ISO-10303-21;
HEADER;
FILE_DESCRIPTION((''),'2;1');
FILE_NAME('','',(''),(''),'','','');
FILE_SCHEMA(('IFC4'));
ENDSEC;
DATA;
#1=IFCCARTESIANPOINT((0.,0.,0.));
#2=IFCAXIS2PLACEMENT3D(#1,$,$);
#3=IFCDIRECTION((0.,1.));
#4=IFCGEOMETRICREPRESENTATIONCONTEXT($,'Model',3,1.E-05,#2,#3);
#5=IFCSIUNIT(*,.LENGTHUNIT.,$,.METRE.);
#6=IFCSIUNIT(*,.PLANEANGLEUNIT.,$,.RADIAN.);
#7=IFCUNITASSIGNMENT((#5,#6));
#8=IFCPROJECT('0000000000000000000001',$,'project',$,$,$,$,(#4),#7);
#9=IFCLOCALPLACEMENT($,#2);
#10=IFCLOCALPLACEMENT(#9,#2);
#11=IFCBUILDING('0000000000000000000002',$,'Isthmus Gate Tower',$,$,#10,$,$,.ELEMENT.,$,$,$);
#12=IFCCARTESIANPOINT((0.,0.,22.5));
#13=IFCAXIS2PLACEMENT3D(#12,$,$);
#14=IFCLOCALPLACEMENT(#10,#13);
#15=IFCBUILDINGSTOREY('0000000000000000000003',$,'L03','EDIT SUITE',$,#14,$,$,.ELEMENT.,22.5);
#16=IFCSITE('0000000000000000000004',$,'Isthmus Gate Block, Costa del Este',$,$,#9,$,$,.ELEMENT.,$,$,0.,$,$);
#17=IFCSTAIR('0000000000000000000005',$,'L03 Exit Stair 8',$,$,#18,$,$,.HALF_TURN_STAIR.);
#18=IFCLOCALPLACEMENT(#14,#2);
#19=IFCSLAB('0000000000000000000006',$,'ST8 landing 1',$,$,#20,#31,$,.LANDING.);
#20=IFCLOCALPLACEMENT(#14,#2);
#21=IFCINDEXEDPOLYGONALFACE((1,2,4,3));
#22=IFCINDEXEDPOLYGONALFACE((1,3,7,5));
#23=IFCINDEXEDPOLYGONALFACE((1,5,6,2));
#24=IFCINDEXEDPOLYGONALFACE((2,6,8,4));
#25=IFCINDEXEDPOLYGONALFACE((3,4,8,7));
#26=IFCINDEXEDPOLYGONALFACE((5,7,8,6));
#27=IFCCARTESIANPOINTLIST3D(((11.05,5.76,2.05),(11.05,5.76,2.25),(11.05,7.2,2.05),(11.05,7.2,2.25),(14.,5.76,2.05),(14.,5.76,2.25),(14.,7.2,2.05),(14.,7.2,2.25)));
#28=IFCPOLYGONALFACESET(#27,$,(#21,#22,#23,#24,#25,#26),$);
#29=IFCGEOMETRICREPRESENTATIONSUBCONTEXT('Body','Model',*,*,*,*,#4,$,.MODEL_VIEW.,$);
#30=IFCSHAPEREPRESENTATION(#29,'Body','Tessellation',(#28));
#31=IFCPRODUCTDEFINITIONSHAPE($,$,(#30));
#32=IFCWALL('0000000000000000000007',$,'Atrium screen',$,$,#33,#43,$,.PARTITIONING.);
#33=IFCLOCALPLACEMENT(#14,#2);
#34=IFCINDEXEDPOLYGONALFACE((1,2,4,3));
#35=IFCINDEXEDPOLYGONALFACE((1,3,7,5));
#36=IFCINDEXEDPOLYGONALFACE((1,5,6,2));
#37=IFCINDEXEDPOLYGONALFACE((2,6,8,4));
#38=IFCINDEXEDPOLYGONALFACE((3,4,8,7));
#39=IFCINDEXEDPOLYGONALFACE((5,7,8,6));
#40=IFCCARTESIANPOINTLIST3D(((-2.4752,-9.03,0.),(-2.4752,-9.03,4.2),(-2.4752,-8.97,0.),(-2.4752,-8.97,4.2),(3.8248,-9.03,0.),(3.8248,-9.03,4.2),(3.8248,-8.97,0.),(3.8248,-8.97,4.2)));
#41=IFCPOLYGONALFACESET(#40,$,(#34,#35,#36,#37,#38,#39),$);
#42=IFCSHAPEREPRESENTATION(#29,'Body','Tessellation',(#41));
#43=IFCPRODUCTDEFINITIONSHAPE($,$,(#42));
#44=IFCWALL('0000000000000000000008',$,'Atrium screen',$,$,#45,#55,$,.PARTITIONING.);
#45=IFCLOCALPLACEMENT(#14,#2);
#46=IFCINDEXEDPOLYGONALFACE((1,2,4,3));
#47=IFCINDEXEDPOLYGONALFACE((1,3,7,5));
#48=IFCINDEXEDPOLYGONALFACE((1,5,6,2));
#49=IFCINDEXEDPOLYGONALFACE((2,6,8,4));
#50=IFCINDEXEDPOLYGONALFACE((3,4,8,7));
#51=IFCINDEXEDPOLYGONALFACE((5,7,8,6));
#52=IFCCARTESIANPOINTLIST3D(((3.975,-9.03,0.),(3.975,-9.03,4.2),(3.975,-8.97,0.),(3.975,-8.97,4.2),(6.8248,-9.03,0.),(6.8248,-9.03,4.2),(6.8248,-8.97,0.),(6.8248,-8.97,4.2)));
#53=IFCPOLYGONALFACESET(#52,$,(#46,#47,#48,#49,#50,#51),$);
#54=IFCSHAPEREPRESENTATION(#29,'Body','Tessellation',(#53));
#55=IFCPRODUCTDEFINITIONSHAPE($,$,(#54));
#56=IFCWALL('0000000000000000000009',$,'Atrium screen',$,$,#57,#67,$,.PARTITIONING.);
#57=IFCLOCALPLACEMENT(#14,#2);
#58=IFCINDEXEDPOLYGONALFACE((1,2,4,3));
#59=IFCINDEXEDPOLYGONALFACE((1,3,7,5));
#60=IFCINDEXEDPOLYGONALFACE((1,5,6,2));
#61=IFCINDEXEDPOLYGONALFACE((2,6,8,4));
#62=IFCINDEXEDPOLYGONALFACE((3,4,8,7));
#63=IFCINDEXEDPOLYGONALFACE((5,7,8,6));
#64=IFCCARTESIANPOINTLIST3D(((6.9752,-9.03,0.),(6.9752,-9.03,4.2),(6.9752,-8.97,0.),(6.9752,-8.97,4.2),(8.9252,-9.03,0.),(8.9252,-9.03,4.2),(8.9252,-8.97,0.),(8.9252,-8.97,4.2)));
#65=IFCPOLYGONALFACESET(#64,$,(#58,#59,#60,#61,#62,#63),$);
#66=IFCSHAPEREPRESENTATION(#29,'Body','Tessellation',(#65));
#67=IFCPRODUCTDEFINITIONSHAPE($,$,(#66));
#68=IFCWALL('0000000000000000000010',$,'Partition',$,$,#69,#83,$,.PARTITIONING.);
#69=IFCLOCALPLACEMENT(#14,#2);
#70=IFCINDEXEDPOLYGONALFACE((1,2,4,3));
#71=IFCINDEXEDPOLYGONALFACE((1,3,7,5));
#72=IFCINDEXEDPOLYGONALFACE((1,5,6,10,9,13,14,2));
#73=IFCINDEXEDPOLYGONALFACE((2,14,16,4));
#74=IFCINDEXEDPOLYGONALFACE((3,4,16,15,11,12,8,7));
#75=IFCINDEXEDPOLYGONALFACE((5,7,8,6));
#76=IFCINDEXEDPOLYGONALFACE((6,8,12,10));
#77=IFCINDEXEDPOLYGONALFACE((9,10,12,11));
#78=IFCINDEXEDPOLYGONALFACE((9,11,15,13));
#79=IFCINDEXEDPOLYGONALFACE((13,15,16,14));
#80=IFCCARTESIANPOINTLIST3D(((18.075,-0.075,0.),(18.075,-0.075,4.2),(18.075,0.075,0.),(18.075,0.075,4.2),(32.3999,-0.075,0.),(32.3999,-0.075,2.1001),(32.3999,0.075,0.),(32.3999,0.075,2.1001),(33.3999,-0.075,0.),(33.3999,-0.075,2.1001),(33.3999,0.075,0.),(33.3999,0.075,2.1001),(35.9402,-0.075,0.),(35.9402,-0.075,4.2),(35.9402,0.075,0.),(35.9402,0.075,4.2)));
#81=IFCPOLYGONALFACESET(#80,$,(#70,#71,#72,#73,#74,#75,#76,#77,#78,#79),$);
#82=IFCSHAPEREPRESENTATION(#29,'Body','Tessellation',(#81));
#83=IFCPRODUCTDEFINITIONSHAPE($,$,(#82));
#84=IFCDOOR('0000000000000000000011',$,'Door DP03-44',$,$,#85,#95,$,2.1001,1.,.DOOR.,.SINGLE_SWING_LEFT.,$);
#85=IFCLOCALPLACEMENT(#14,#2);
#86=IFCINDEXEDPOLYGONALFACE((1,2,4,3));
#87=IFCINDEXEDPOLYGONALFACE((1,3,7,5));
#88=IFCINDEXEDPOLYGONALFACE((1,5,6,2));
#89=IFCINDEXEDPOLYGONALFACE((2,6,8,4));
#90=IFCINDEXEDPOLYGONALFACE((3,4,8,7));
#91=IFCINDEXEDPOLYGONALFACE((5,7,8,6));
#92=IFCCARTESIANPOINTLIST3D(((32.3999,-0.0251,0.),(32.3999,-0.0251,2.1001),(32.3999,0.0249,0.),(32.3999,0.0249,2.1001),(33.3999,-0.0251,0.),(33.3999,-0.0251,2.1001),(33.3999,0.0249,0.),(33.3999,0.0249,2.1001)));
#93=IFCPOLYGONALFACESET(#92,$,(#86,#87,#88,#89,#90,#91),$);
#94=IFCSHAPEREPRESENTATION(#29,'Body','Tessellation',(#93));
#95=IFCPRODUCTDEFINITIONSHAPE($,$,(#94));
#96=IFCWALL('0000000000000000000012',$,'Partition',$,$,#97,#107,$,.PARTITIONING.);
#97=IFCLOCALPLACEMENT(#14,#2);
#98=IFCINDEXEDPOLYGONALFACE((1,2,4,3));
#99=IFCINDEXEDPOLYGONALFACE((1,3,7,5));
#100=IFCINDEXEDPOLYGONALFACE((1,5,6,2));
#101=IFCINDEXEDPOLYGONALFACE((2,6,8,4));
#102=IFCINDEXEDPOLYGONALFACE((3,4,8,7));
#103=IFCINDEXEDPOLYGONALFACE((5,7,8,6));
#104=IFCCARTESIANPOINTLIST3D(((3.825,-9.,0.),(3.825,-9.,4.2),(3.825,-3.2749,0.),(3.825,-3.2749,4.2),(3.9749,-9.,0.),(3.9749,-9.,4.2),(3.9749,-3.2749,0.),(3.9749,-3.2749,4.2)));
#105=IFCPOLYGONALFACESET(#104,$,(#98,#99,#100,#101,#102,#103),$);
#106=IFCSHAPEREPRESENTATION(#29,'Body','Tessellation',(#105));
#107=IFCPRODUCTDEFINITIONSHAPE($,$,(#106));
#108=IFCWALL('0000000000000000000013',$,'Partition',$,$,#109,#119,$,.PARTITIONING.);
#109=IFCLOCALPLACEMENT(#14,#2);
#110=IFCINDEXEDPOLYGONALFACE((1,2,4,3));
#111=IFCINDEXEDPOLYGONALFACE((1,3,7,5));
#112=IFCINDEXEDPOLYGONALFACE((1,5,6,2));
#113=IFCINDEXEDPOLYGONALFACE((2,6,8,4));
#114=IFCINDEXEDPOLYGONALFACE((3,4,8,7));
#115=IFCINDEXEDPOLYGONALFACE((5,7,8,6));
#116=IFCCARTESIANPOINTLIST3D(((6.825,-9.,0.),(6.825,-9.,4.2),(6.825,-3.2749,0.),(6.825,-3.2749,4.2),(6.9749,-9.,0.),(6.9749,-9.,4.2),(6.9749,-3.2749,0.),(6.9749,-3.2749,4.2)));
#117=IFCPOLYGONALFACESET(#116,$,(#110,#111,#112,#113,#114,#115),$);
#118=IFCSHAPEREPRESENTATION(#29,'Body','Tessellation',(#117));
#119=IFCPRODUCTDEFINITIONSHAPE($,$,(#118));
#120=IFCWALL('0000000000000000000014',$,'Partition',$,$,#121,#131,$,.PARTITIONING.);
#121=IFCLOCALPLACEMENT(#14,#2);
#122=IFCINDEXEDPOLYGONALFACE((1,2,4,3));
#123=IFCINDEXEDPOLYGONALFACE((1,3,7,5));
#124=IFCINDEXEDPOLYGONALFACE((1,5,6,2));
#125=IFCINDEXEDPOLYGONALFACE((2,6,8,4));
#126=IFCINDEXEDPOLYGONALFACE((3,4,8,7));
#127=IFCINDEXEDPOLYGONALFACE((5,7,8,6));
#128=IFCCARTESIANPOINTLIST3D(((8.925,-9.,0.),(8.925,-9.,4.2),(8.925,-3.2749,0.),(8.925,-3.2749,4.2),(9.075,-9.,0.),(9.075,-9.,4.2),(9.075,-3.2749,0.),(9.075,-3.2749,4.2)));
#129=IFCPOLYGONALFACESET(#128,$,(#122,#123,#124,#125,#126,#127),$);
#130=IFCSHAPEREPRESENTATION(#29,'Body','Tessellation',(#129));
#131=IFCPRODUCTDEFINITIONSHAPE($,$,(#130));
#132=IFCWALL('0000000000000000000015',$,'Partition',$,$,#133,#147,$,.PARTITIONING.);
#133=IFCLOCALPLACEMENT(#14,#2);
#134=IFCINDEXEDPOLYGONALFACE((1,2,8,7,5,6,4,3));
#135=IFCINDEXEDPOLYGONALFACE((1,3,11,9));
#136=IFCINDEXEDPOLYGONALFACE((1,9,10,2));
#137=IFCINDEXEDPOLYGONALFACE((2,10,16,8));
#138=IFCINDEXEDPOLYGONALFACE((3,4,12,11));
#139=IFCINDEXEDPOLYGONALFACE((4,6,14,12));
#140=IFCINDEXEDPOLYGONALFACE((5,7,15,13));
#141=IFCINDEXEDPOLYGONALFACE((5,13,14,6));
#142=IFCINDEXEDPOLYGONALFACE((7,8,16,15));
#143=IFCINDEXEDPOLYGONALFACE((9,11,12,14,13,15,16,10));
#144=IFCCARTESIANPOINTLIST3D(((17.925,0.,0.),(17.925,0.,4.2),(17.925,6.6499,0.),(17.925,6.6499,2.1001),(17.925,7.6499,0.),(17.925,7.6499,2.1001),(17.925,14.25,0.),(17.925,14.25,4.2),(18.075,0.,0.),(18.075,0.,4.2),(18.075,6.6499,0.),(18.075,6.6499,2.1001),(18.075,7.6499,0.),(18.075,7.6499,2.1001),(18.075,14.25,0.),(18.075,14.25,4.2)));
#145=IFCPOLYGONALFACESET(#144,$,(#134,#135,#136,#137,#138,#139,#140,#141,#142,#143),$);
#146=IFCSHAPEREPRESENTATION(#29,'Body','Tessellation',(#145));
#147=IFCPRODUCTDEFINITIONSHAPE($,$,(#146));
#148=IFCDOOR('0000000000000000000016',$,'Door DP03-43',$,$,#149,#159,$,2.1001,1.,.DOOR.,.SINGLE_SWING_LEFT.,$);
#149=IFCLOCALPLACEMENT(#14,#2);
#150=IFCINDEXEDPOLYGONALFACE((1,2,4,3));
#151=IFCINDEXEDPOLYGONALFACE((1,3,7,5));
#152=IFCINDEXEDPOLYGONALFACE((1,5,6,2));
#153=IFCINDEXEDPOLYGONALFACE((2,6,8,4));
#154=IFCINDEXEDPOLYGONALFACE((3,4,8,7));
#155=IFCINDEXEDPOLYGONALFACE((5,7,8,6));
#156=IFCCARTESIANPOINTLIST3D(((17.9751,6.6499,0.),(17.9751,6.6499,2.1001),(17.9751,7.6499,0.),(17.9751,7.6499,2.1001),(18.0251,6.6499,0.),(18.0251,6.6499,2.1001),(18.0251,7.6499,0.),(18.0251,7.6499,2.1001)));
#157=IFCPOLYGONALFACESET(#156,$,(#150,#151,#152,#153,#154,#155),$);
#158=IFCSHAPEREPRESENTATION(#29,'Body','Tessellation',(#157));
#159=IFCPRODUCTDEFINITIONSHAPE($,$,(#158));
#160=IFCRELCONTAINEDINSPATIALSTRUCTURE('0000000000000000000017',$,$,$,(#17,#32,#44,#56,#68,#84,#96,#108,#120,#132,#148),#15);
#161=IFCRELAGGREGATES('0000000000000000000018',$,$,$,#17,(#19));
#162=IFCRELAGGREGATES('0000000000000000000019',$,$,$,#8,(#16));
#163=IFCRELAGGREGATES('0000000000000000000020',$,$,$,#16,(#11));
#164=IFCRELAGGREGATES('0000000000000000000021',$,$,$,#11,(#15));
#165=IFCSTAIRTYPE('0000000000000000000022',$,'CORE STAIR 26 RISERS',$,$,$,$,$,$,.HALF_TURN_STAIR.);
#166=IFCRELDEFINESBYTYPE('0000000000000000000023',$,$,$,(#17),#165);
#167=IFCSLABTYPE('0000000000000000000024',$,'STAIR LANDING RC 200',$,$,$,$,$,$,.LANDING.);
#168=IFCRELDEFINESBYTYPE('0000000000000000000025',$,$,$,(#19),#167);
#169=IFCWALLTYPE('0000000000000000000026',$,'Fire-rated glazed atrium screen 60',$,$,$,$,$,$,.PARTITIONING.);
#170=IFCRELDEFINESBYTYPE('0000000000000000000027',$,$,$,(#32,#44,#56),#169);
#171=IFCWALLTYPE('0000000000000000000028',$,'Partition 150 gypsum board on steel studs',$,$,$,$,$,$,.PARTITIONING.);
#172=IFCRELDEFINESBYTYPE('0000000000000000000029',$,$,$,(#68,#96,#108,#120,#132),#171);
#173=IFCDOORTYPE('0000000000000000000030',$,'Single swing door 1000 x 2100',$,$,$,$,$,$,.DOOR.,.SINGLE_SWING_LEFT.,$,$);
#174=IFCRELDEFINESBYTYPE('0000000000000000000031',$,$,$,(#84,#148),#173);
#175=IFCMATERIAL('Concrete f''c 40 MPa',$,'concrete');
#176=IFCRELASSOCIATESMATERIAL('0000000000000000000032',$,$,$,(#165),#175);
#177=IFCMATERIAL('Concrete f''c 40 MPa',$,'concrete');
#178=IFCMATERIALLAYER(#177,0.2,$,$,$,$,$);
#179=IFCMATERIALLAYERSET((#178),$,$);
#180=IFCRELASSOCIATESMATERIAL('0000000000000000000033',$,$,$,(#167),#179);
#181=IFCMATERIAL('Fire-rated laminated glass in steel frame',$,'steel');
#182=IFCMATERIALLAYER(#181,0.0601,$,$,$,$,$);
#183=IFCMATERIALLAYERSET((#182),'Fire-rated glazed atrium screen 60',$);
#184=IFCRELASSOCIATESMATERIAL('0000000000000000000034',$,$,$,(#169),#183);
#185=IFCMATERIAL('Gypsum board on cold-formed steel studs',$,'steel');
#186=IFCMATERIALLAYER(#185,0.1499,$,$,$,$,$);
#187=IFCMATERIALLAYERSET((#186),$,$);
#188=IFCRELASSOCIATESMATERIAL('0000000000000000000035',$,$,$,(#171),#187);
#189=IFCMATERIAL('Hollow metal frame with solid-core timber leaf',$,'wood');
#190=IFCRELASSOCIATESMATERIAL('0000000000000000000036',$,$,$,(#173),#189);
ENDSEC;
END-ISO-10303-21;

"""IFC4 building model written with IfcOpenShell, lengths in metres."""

from ifc_helpers import new_model, si_unit, direction, frame, frame_2d, origin, place, context, subcontext, project, spatial, polyline, rectangle, outline, extrude, material, layer, layer_set, type_object, element, fill, aggregate, save


model = new_model("IFC4")

# Units and contexts
model_context = context("Model", 3, precision=1e-05, world=origin(), true_north=direction((0.0, 1.0)))
body_context = subcontext(model_context, "Body", "Model", "MODEL_VIEW")
ifc_project = project(units=[si_unit("LENGTHUNIT", "METRE"), si_unit("PLANEANGLEUNIT", "RADIAN")], contexts=[model_context])

# Site, building, storey
site_placement = place(None, origin())
site = spatial("IfcSite", under=ifc_project, at=site_placement, Name="Isthmus Gate Block, Costa del Este", CompositionType="ELEMENT", RefElevation=0.0)
building_placement = place(site_placement, origin())
building = spatial("IfcBuilding", under=site, at=building_placement, Name="Isthmus Gate Tower", CompositionType="ELEMENT")
storey_placement = place(building_placement, frame((0.0, 0.0, 22.5)))
storey = spatial("IfcBuildingStorey", under=building, at=storey_placement, Name="L03", Description="EDIT SUITE", CompositionType="ELEMENT", Elevation=22.5)

# Stair, slab
ifc_material_1 = material(Name="Concrete f'c 40 MPa", Category="concrete")
stair_type_1 = type_object("IfcStairType", Name="CORE STAIR 26 RISERS", PredefinedType="HALF_TURN_STAIR", material=ifc_material_1)
ifc_material_2 = material(Name="Concrete f'c 40 MPa", Category="concrete")
ifc_layer_1 = layer(ifc_material_2, 0.2)
ifc_layer_set_1 = layer_set([ifc_layer_1])
slab_type_1 = type_object("IfcSlabType", Name="STAIR LANDING RC 200", PredefinedType="LANDING", material=ifc_layer_set_1)
stair_1_placement = place(storey_placement, origin())
stair_1 = element("IfcStair", 1, at=stair_1_placement, inside=storey, type_object=stair_type_1, Name="L03 Exit Stair 8", PredefinedType="HALF_TURN_STAIR")
slab_1_placement = place(storey_placement, frame((0.0, 0.0, 2.05)))
slab_1 = element("IfcSlab", 2, at=slab_1_placement, type_object=slab_type_1, Name="ST8 landing 1", PredefinedType="LANDING", context=body_context, shape_type="SweptSolid", body=[
    extrude(outline(polyline([(14.0, 5.76), (14.0, 7.2), (11.05, 7.2), (11.05, 5.76), (14.0, 5.76)])), origin(), (0.0, 0.0, 1.0), 0.2),
])
aggregate(stair_1, [slab_1])

# Walls
ifc_material_3 = material(Name="Fire-rated laminated glass in steel frame", Category="steel")
ifc_layer_2 = layer(ifc_material_3, 0.0601)
ifc_layer_set_2 = layer_set([ifc_layer_2], Name="Fire-rated glazed atrium screen 60")
wall_type_1 = type_object("IfcWallType", Name="Fire-rated glazed atrium screen 60", PredefinedType="PARTITIONING", material=ifc_layer_set_2)
wall_1_placement = place(storey_placement, frame((-2.4751, -9.0, 0.0), z_axis=(0.0, 0.0, 1.0), x_axis=(1.0, 0.0, 0.0)))
element("IfcWall", 3, at=wall_1_placement, inside=storey, type_object=wall_type_1, Name="Atrium screen", PredefinedType="PARTITIONING", context=body_context, shape_type="SweptSolid", body=[
    extrude(rectangle(XDim=6.3, YDim=0.0601, at=frame_2d((3.1499, 0.0))), origin(), (0.0, 0.0, 1.0), 4.2),
])
wall_2_placement = place(storey_placement, frame((3.9751, -9.0, 0.0), z_axis=(0.0, 0.0, 1.0), x_axis=(1.0, 0.0, 0.0)))
element("IfcWall", 4, at=wall_2_placement, inside=storey, type_object=wall_type_1, Name="Atrium screen", PredefinedType="PARTITIONING", context=body_context, shape_type="SweptSolid", body=[
    extrude(rectangle(XDim=2.8499, YDim=0.0601, at=frame_2d((1.4248, 0.0))), origin(), (0.0, 0.0, 1.0), 4.2),
])
wall_3_placement = place(storey_placement, frame((6.9751, -9.0, 0.0), z_axis=(0.0, 0.0, 1.0), x_axis=(1.0, 0.0, 0.0)))
element("IfcWall", 5, at=wall_3_placement, inside=storey, type_object=wall_type_1, Name="Atrium screen", PredefinedType="PARTITIONING", context=body_context, shape_type="SweptSolid", body=[
    extrude(rectangle(XDim=1.95, YDim=0.0601, at=frame_2d((0.9751, 0.0))), origin(), (0.0, 0.0, 1.0), 4.2),
])

# Wall, opening, door
ifc_material_4 = material(Name="Gypsum board on cold-formed steel studs", Category="steel")
ifc_layer_3 = layer(ifc_material_4, 0.1499)
ifc_layer_set_3 = layer_set([ifc_layer_3])
wall_type_2 = type_object("IfcWallType", Name="Partition 150 gypsum board on steel studs", PredefinedType="PARTITIONING", material=ifc_layer_set_3)
wall_4_placement = place(storey_placement, frame((18.075, 0.0, 0.0), z_axis=(0.0, 0.0, 1.0), x_axis=(1.0, 0.0, 0.0)))
wall_4 = element("IfcWall", 6, at=wall_4_placement, inside=storey, type_object=wall_type_2, Name="Partition", PredefinedType="PARTITIONING", context=body_context, shape_type="SweptSolid", body=[
    extrude(rectangle(XDim=17.8652, YDim=0.1499, at=frame_2d((8.9326, 0.0))), origin(), (0.0, 0.0, 1.0), 4.2),
])
opening_1_placement = place(wall_4_placement, frame((14.325, 0.0, 0.0)))
opening_1 = element("IfcOpeningElement", 7, at=opening_1_placement, cuts=wall_4, PredefinedType="OPENING", context=body_context, shape_type="SweptSolid", body=[
    extrude(rectangle(XDim=1.0, YDim=2.1001, at=frame_2d((0.5, 1.05))), frame((0.0, 0.085, 0.0), z_axis=(0.0, -1.0, 0.0), x_axis=(1.0, 0.0, 0.0)), (0.0, 0.0, 1.0), 0.1699),
])
ifc_material_5 = material(Name="Hollow metal frame with solid-core timber leaf", Category="wood")
door_type = type_object("IfcDoorType", Name="Single swing door 1000 x 2100", OperationType="SINGLE_SWING_LEFT", PredefinedType="DOOR", material=ifc_material_5)
door_1_placement = place(opening_1_placement, origin())
door_1 = element("IfcDoor", 8, at=door_1_placement, inside=storey, type_object=door_type, Name="Door DP03-44", OperationType="SINGLE_SWING_LEFT", OverallHeight=2.1001, OverallWidth=1.0, PredefinedType="DOOR", context=body_context, shape_type="SweptSolid", body=[
    extrude(rectangle(XDim=1.0, YDim=2.1001, at=frame_2d((0.5, 1.05))), frame((0.0, 0.0249, 0.0), z_axis=(0.0, -1.0, 0.0), x_axis=(1.0, 0.0, 0.0)), (0.0, 0.0, 1.0), 0.05),
])
fill(opening_1, door_1)

# Walls
for number, where, z_axis, x_axis, name in (
    (9, (3.8999, -9.0, 0.0), (0.0, 0.0, 1.0), (0.0, 1.0, 0.0), "Partition"),
    (10, (6.8999, -9.0, 0.0), (0.0, 0.0, 1.0), (0.0, 1.0, 0.0), "Partition"),
    (11, (9.0, -9.0, 0.0), (0.0, 0.0, 1.0), (0.0, 1.0, 0.0), "Partition"),
):
    element("IfcWall", number, at=place(storey_placement, frame(where, z_axis=z_axis, x_axis=x_axis)), inside=storey, type_object=wall_type_2, Name=name, PredefinedType="PARTITIONING", context=body_context, shape_type="SweptSolid", body=[
        extrude(rectangle(XDim=5.7251, YDim=0.1499, at=frame_2d((2.8625, 0.0))), origin(), (0.0, 0.0, 1.0), 4.2),
    ])

# Wall, opening, door
wall_5_placement = place(storey_placement, frame((18.0, 0.0, 0.0), z_axis=(0.0, 0.0, 1.0), x_axis=(0.0, 1.0, 0.0)))
wall_5 = element("IfcWall", 12, at=wall_5_placement, inside=storey, type_object=wall_type_2, Name="Partition", PredefinedType="PARTITIONING", context=body_context, shape_type="SweptSolid", body=[
    extrude(rectangle(XDim=14.25, YDim=0.1499, at=frame_2d((7.125, 0.0))), origin(), (0.0, 0.0, 1.0), 4.2),
])
opening_2_placement = place(wall_5_placement, frame((6.6499, 0.0, 0.0)))
opening_2 = element("IfcOpeningElement", 13, at=opening_2_placement, cuts=wall_5, PredefinedType="OPENING", context=body_context, shape_type="SweptSolid", body=[
    extrude(rectangle(XDim=1.0, YDim=2.1001, at=frame_2d((0.5, 1.05))), frame((0.0, 0.085, 0.0), z_axis=(0.0, -1.0, 0.0), x_axis=(1.0, 0.0, 0.0)), (0.0, 0.0, 1.0), 0.1699),
])
door_2_placement = place(opening_2_placement, origin())
door_2 = element("IfcDoor", 14, at=door_2_placement, inside=storey, type_object=door_type, Name="Door DP03-43", OperationType="SINGLE_SWING_LEFT", OverallHeight=2.1001, OverallWidth=1.0, PredefinedType="DOOR", context=body_context, shape_type="SweptSolid", body=[
    extrude(rectangle(XDim=1.0, YDim=2.1001, at=frame_2d((0.5, 1.05))), frame((0.0, 0.0249, 0.0), z_axis=(0.0, -1.0, 0.0), x_axis=(1.0, 0.0, 0.0)), (0.0, 0.0, 1.0), 0.05),
])
fill(opening_2, door_2)

save(model, "model.ifc")
